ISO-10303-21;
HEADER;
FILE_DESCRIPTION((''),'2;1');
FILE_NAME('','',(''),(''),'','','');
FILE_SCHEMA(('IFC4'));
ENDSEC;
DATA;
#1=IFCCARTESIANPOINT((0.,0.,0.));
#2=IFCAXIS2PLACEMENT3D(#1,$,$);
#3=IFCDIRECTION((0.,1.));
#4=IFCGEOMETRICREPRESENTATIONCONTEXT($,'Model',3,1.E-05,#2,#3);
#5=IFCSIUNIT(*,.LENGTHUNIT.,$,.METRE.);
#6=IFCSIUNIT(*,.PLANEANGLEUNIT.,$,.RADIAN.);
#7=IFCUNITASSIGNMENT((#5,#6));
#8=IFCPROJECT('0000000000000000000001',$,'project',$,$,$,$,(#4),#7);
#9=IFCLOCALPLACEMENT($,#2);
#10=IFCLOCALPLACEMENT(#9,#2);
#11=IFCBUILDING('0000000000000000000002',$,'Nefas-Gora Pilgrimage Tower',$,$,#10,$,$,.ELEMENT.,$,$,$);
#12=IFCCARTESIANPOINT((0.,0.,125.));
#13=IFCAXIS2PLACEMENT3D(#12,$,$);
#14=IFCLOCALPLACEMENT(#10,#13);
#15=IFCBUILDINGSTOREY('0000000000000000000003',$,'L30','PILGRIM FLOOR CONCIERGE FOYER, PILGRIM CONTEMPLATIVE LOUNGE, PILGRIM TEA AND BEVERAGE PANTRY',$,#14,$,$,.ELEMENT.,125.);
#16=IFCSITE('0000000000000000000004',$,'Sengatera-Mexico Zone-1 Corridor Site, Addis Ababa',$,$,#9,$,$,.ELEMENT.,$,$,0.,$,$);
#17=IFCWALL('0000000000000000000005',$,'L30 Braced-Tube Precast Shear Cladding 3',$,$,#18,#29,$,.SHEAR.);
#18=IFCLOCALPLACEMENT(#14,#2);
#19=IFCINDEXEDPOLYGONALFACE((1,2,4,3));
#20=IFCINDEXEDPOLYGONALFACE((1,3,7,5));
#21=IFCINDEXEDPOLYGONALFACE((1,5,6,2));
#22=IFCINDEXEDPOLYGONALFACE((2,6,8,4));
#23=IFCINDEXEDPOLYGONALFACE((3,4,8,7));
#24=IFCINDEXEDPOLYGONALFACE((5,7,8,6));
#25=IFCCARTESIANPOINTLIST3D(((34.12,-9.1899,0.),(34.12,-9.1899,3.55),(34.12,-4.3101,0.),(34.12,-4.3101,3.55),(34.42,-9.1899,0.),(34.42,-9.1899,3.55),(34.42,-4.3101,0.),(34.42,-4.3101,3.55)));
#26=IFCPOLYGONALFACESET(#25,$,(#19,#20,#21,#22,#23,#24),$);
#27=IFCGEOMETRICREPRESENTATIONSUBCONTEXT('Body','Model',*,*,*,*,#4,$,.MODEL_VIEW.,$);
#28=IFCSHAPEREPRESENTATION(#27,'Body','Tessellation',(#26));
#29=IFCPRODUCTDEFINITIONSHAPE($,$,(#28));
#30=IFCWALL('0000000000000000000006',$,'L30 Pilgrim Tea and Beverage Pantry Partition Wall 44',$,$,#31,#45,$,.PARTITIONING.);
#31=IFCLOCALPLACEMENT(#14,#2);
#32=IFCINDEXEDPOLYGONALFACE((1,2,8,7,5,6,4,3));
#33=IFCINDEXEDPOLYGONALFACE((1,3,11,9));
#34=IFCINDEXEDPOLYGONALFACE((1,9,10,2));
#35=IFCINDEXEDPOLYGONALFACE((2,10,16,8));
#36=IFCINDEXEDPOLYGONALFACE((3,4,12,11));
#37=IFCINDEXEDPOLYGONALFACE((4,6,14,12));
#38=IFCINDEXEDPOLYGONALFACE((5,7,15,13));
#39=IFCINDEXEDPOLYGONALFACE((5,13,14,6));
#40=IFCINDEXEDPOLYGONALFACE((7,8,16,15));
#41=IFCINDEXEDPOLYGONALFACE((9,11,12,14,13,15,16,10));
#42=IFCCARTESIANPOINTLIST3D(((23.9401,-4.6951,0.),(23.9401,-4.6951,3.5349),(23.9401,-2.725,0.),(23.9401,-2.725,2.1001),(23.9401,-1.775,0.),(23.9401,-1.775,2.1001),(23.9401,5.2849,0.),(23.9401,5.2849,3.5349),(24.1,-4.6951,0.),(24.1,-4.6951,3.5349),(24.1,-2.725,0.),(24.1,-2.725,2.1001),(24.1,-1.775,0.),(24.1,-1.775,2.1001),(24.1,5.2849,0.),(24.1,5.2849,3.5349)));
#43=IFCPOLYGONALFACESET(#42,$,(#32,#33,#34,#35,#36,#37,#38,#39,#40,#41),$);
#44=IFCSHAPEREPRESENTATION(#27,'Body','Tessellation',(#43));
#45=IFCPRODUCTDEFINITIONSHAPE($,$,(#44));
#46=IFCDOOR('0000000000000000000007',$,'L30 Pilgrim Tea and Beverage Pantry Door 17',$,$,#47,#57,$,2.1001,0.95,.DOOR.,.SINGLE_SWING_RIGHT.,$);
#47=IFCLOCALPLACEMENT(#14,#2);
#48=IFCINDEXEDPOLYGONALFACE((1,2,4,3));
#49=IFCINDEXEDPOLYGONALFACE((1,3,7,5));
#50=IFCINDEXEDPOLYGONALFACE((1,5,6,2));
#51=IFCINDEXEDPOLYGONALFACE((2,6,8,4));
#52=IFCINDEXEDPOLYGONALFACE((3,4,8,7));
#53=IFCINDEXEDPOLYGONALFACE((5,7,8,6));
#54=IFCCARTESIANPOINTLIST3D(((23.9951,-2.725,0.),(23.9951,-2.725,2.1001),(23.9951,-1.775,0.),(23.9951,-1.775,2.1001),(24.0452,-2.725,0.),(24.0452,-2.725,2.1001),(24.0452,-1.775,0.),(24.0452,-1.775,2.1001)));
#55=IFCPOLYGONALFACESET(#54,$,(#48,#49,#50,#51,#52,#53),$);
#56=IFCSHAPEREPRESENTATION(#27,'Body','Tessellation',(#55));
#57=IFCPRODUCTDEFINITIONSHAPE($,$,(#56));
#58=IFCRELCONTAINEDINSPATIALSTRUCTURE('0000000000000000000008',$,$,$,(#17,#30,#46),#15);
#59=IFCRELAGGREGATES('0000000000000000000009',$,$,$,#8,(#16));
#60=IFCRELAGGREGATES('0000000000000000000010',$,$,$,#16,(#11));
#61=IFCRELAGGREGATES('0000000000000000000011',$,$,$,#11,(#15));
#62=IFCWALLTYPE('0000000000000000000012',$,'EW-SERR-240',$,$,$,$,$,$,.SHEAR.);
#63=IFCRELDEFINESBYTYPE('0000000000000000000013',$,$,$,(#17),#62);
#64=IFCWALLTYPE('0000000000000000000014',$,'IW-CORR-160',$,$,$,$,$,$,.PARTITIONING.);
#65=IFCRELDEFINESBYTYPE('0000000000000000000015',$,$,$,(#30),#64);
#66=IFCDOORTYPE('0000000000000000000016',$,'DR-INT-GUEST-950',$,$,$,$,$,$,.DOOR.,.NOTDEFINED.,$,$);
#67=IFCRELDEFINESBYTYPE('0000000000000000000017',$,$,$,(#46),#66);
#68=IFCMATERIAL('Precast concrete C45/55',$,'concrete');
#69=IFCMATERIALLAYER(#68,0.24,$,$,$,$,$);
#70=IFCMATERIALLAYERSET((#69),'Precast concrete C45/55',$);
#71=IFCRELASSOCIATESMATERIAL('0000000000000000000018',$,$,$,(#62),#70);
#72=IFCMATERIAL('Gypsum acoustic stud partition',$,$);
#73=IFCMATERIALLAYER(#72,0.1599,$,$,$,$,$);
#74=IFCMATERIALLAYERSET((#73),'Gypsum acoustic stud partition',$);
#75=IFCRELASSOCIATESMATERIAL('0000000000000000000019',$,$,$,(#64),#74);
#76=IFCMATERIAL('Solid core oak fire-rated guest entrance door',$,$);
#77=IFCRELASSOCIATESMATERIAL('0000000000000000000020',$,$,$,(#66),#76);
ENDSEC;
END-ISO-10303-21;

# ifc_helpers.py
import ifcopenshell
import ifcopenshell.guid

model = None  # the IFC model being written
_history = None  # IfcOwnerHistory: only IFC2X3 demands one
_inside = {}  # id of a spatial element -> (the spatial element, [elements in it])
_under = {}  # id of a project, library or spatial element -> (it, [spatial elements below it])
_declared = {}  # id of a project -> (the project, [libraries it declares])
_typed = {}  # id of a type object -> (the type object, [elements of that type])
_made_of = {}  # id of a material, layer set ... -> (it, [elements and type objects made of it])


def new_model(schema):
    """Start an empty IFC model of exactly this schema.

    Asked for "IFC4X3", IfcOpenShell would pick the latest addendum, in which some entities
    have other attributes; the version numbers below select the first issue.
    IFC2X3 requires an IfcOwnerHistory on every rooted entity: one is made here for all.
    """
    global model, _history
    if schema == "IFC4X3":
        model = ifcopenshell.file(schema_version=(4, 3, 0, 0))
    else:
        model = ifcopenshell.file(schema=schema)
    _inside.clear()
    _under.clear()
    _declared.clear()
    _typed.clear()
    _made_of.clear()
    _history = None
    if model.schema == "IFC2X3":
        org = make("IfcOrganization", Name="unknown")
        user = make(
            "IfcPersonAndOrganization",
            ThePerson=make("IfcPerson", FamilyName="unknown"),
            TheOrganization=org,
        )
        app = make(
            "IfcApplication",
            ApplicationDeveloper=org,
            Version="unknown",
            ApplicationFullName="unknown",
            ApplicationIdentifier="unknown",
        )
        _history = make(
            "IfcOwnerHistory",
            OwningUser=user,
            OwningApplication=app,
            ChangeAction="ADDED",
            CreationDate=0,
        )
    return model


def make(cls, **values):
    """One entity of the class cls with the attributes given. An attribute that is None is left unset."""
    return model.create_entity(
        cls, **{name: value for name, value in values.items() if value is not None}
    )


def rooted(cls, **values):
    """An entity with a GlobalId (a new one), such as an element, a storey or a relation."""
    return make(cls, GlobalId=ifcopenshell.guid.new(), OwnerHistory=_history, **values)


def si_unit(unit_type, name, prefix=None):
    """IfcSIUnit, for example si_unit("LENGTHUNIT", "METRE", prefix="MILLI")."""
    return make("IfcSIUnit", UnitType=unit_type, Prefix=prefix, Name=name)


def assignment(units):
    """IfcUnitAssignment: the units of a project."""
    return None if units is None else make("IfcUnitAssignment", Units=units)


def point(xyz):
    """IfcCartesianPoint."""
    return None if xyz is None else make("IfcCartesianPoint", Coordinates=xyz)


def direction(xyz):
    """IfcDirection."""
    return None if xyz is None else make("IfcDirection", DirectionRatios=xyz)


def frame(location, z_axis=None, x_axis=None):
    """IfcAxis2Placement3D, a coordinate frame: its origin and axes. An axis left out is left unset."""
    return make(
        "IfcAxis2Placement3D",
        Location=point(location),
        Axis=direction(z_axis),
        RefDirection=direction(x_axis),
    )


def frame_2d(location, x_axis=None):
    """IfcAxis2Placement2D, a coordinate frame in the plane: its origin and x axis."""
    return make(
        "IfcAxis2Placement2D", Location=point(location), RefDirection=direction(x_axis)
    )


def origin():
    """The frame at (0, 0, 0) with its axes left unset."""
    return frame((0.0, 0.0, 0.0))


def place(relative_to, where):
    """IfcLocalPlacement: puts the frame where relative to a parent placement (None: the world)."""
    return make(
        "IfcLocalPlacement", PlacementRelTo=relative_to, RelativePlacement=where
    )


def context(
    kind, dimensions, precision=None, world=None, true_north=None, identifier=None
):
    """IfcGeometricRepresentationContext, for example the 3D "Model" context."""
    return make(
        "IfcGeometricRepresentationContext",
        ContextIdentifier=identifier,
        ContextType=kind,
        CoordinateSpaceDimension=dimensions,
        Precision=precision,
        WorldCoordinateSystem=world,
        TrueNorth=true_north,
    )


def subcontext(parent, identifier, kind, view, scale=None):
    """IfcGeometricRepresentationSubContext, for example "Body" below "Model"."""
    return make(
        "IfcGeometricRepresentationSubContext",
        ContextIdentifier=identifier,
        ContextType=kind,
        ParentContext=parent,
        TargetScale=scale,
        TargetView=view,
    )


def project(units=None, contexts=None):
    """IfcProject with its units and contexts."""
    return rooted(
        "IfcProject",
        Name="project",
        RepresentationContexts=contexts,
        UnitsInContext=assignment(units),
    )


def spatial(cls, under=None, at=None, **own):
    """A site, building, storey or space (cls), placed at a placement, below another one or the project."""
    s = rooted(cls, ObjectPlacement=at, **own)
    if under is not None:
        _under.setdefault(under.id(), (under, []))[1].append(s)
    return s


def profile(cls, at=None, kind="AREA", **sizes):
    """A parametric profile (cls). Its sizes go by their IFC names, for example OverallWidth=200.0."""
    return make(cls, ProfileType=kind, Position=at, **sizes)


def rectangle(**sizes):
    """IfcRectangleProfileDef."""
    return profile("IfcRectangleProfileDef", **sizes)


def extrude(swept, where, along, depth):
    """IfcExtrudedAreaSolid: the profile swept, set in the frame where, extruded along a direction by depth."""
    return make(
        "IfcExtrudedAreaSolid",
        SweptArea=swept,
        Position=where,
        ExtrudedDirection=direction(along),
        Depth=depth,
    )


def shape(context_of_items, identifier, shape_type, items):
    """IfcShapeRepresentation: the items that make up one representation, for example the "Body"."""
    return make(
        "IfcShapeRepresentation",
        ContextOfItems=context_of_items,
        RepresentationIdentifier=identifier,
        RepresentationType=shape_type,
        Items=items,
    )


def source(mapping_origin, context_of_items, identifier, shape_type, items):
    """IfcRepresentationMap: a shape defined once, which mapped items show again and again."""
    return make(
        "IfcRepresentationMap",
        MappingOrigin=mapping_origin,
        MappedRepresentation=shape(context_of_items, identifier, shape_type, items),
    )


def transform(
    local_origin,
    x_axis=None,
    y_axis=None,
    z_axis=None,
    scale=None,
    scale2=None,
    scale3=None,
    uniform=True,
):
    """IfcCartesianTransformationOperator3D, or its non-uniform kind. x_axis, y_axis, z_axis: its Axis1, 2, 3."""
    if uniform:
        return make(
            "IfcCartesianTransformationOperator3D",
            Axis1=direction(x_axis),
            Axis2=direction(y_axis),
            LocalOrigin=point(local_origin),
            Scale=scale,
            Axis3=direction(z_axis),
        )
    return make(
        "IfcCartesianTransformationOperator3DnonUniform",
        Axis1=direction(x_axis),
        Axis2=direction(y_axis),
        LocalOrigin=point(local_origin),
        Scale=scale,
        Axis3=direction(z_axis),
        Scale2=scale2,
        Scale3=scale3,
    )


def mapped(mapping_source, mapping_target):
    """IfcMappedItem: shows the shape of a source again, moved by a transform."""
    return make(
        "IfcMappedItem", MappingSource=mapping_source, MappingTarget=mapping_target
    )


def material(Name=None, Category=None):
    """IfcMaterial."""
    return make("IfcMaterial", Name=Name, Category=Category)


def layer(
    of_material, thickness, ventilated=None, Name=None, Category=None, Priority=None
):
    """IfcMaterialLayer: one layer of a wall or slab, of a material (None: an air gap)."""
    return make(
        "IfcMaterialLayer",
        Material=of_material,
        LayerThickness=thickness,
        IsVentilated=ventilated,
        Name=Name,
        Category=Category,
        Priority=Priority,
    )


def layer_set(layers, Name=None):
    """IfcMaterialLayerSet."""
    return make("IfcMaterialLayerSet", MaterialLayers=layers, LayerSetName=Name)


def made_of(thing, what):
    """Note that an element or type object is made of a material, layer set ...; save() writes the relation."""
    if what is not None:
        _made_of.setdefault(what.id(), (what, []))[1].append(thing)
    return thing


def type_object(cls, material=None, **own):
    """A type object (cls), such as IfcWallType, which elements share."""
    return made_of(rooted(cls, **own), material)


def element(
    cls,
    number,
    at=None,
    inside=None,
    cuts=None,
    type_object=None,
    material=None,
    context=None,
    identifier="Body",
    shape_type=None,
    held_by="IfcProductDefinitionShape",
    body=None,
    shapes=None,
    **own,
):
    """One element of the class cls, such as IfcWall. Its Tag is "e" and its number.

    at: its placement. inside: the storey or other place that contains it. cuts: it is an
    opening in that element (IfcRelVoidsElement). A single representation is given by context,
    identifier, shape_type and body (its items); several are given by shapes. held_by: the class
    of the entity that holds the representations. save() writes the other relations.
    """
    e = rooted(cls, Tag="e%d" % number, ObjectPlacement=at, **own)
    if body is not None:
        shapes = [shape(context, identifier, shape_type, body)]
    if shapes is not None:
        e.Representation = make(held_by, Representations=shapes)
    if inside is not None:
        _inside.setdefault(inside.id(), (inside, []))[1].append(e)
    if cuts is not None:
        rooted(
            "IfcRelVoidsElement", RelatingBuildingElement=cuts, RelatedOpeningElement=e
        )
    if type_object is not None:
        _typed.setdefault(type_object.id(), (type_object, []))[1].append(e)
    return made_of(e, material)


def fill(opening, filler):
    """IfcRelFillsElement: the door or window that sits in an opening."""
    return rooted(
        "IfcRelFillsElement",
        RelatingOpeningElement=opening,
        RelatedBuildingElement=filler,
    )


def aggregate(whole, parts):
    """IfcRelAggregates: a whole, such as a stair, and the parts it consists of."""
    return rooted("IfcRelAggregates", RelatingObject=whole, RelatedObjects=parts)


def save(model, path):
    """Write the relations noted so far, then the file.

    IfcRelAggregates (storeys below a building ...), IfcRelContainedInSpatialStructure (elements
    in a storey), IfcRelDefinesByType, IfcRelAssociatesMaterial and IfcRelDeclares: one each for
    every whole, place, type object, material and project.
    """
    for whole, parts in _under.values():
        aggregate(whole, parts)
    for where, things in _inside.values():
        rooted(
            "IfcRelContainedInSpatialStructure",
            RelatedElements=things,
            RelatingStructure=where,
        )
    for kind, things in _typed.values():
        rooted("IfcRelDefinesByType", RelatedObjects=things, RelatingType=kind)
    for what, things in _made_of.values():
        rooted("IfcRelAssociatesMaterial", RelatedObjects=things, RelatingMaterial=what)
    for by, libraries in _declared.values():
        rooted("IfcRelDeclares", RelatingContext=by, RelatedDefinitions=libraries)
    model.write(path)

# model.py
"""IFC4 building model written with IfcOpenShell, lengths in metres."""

from ifc_helpers import new_model, si_unit, direction, frame, frame_2d, origin, place, context, subcontext, project, spatial, rectangle, extrude, source, transform, mapped, material, layer, layer_set, type_object, element, fill, save


model = new_model("IFC4")

# Units and contexts
model_context = context("Model", 3, precision=1e-05, world=origin(), true_north=direction((0.0, 1.0)))
body_context = subcontext(model_context, "Body", "Model", "MODEL_VIEW")
ifc_project = project(units=[si_unit("LENGTHUNIT", "METRE"), si_unit("PLANEANGLEUNIT", "RADIAN")], contexts=[model_context])

# Site, building, storey
site_placement = place(None, origin())
site = spatial("IfcSite", under=ifc_project, at=site_placement, Name="Sengatera-Mexico Zone-1 Corridor Site, Addis Ababa", CompositionType="ELEMENT", RefElevation=0.0)
building_placement = place(site_placement, origin())
building = spatial("IfcBuilding", under=site, at=building_placement, Name="Nefas-Gora Pilgrimage Tower", CompositionType="ELEMENT")
storey_placement = place(building_placement, frame((0.0, 0.0, 125.0)))
storey = spatial("IfcBuildingStorey", under=building, at=storey_placement, Name="L30", Description="PILGRIM FLOOR CONCIERGE FOYER, PILGRIM CONTEMPLATIVE LOUNGE, PILGRIM TEA AND BEVERAGE PANTRY", CompositionType="ELEMENT", Elevation=125.0)

# Wall
ifc_material_1 = material(Name="Precast concrete C45/55", Category="concrete")
ifc_layer_1 = layer(ifc_material_1, 0.24)
ifc_layer_set_1 = layer_set([ifc_layer_1], Name="Precast concrete C45/55")
wall_type_1 = type_object("IfcWallType", Name="EW-SERR-240", PredefinedType="SHEAR", material=ifc_layer_set_1)
shared_shape_1 = source(origin(), body_context, "Body", "SweptSolid", [
    extrude(rectangle(XDim=4.8799, YDim=0.3, at=frame_2d((2.4399, 0.0))), origin(), (0.0, 0.0, 1.0), 3.55),
])
wall_1_placement = place(storey_placement, frame((34.27, -9.1899, 0.0), z_axis=(0.0, 0.0, 1.0), x_axis=(0.0, 1.0, 0.0)))
element("IfcWall", 1, at=wall_1_placement, inside=storey, type_object=wall_type_1, Name="L30 Braced-Tube Precast Shear Cladding 3", PredefinedType="SHEAR", context=body_context, shape_type="MappedRepresentation", body=[
    mapped(shared_shape_1, transform((0.0, 0.0, 0.0), x_axis=(1.0, 0.0, 0.0), y_axis=(0.0, 1.0, 0.0), z_axis=(0.0, 0.0, 1.0), scale=1.0)),
])

# Wall, opening, door
ifc_material_2 = material(Name="Gypsum acoustic stud partition")
ifc_layer_2 = layer(ifc_material_2, 0.1599)
ifc_layer_set_2 = layer_set([ifc_layer_2], Name="Gypsum acoustic stud partition")
wall_type_2 = type_object("IfcWallType", Name="IW-CORR-160", PredefinedType="PARTITIONING", material=ifc_layer_set_2)
shared_shape_2 = source(origin(), body_context, "Body", "SweptSolid", [
    extrude(rectangle(XDim=9.98, YDim=0.1599, at=frame_2d((4.99, 0.0))), origin(), (0.0, 0.0, 1.0), 3.5349),
])
wall_2_placement = place(storey_placement, frame((24.02, -4.6951, 0.0), z_axis=(0.0, 0.0, 1.0), x_axis=(0.0, 1.0, 0.0)))
wall_2 = element("IfcWall", 2, at=wall_2_placement, inside=storey, type_object=wall_type_2, Name="L30 Pilgrim Tea and Beverage Pantry Partition Wall 44", PredefinedType="PARTITIONING", context=body_context, shape_type="MappedRepresentation", body=[
    mapped(shared_shape_2, transform((0.0, 0.0, 0.0), x_axis=(1.0, 0.0, 0.0), y_axis=(0.0, 1.0, 0.0), z_axis=(0.0, 0.0, 1.0), scale=1.0)),
])
opening_placement = place(wall_2_placement, frame((1.97, 0.0, 0.0)))
opening = element("IfcOpeningElement", 3, at=opening_placement, cuts=wall_2, PredefinedType="OPENING", context=body_context, shape_type="SweptSolid", body=[
    extrude(rectangle(XDim=0.95, YDim=2.1001, at=frame_2d((0.4751, 1.05))), frame((0.0, 0.0898, 0.0), z_axis=(0.0, -1.0, 0.0), x_axis=(1.0, 0.0, 0.0)), (0.0, 0.0, 1.0), 0.1799),
])
ifc_material_3 = material(Name="Solid core oak fire-rated guest entrance door")
door_type = type_object("IfcDoorType", Name="DR-INT-GUEST-950", OperationType="NOTDEFINED", PredefinedType="DOOR", material=ifc_material_3)
shared_shape_3 = source(origin(), body_context, "Body", "SweptSolid", [
    extrude(rectangle(XDim=0.95, YDim=2.1001, at=frame_2d((0.4751, 1.05))), frame((0.0, 0.0249, 0.0), z_axis=(0.0, -1.0, 0.0), x_axis=(1.0, 0.0, 0.0)), (0.0, 0.0, 1.0), 0.05),
])
door_placement = place(opening_placement, origin())
door = element("IfcDoor", 4, at=door_placement, inside=storey, type_object=door_type, Name="L30 Pilgrim Tea and Beverage Pantry Door 17", OperationType="SINGLE_SWING_RIGHT", OverallHeight=2.1001, OverallWidth=0.95, PredefinedType="DOOR", context=body_context, shape_type="MappedRepresentation", body=[
    mapped(shared_shape_3, transform((0.0, 0.0, 0.0), x_axis=(1.0, 0.0, 0.0), y_axis=(0.0, 1.0, 0.0), z_axis=(0.0, 0.0, 1.0), scale=1.0)),
])
fill(opening, door)

save(model, "model.ifc")
